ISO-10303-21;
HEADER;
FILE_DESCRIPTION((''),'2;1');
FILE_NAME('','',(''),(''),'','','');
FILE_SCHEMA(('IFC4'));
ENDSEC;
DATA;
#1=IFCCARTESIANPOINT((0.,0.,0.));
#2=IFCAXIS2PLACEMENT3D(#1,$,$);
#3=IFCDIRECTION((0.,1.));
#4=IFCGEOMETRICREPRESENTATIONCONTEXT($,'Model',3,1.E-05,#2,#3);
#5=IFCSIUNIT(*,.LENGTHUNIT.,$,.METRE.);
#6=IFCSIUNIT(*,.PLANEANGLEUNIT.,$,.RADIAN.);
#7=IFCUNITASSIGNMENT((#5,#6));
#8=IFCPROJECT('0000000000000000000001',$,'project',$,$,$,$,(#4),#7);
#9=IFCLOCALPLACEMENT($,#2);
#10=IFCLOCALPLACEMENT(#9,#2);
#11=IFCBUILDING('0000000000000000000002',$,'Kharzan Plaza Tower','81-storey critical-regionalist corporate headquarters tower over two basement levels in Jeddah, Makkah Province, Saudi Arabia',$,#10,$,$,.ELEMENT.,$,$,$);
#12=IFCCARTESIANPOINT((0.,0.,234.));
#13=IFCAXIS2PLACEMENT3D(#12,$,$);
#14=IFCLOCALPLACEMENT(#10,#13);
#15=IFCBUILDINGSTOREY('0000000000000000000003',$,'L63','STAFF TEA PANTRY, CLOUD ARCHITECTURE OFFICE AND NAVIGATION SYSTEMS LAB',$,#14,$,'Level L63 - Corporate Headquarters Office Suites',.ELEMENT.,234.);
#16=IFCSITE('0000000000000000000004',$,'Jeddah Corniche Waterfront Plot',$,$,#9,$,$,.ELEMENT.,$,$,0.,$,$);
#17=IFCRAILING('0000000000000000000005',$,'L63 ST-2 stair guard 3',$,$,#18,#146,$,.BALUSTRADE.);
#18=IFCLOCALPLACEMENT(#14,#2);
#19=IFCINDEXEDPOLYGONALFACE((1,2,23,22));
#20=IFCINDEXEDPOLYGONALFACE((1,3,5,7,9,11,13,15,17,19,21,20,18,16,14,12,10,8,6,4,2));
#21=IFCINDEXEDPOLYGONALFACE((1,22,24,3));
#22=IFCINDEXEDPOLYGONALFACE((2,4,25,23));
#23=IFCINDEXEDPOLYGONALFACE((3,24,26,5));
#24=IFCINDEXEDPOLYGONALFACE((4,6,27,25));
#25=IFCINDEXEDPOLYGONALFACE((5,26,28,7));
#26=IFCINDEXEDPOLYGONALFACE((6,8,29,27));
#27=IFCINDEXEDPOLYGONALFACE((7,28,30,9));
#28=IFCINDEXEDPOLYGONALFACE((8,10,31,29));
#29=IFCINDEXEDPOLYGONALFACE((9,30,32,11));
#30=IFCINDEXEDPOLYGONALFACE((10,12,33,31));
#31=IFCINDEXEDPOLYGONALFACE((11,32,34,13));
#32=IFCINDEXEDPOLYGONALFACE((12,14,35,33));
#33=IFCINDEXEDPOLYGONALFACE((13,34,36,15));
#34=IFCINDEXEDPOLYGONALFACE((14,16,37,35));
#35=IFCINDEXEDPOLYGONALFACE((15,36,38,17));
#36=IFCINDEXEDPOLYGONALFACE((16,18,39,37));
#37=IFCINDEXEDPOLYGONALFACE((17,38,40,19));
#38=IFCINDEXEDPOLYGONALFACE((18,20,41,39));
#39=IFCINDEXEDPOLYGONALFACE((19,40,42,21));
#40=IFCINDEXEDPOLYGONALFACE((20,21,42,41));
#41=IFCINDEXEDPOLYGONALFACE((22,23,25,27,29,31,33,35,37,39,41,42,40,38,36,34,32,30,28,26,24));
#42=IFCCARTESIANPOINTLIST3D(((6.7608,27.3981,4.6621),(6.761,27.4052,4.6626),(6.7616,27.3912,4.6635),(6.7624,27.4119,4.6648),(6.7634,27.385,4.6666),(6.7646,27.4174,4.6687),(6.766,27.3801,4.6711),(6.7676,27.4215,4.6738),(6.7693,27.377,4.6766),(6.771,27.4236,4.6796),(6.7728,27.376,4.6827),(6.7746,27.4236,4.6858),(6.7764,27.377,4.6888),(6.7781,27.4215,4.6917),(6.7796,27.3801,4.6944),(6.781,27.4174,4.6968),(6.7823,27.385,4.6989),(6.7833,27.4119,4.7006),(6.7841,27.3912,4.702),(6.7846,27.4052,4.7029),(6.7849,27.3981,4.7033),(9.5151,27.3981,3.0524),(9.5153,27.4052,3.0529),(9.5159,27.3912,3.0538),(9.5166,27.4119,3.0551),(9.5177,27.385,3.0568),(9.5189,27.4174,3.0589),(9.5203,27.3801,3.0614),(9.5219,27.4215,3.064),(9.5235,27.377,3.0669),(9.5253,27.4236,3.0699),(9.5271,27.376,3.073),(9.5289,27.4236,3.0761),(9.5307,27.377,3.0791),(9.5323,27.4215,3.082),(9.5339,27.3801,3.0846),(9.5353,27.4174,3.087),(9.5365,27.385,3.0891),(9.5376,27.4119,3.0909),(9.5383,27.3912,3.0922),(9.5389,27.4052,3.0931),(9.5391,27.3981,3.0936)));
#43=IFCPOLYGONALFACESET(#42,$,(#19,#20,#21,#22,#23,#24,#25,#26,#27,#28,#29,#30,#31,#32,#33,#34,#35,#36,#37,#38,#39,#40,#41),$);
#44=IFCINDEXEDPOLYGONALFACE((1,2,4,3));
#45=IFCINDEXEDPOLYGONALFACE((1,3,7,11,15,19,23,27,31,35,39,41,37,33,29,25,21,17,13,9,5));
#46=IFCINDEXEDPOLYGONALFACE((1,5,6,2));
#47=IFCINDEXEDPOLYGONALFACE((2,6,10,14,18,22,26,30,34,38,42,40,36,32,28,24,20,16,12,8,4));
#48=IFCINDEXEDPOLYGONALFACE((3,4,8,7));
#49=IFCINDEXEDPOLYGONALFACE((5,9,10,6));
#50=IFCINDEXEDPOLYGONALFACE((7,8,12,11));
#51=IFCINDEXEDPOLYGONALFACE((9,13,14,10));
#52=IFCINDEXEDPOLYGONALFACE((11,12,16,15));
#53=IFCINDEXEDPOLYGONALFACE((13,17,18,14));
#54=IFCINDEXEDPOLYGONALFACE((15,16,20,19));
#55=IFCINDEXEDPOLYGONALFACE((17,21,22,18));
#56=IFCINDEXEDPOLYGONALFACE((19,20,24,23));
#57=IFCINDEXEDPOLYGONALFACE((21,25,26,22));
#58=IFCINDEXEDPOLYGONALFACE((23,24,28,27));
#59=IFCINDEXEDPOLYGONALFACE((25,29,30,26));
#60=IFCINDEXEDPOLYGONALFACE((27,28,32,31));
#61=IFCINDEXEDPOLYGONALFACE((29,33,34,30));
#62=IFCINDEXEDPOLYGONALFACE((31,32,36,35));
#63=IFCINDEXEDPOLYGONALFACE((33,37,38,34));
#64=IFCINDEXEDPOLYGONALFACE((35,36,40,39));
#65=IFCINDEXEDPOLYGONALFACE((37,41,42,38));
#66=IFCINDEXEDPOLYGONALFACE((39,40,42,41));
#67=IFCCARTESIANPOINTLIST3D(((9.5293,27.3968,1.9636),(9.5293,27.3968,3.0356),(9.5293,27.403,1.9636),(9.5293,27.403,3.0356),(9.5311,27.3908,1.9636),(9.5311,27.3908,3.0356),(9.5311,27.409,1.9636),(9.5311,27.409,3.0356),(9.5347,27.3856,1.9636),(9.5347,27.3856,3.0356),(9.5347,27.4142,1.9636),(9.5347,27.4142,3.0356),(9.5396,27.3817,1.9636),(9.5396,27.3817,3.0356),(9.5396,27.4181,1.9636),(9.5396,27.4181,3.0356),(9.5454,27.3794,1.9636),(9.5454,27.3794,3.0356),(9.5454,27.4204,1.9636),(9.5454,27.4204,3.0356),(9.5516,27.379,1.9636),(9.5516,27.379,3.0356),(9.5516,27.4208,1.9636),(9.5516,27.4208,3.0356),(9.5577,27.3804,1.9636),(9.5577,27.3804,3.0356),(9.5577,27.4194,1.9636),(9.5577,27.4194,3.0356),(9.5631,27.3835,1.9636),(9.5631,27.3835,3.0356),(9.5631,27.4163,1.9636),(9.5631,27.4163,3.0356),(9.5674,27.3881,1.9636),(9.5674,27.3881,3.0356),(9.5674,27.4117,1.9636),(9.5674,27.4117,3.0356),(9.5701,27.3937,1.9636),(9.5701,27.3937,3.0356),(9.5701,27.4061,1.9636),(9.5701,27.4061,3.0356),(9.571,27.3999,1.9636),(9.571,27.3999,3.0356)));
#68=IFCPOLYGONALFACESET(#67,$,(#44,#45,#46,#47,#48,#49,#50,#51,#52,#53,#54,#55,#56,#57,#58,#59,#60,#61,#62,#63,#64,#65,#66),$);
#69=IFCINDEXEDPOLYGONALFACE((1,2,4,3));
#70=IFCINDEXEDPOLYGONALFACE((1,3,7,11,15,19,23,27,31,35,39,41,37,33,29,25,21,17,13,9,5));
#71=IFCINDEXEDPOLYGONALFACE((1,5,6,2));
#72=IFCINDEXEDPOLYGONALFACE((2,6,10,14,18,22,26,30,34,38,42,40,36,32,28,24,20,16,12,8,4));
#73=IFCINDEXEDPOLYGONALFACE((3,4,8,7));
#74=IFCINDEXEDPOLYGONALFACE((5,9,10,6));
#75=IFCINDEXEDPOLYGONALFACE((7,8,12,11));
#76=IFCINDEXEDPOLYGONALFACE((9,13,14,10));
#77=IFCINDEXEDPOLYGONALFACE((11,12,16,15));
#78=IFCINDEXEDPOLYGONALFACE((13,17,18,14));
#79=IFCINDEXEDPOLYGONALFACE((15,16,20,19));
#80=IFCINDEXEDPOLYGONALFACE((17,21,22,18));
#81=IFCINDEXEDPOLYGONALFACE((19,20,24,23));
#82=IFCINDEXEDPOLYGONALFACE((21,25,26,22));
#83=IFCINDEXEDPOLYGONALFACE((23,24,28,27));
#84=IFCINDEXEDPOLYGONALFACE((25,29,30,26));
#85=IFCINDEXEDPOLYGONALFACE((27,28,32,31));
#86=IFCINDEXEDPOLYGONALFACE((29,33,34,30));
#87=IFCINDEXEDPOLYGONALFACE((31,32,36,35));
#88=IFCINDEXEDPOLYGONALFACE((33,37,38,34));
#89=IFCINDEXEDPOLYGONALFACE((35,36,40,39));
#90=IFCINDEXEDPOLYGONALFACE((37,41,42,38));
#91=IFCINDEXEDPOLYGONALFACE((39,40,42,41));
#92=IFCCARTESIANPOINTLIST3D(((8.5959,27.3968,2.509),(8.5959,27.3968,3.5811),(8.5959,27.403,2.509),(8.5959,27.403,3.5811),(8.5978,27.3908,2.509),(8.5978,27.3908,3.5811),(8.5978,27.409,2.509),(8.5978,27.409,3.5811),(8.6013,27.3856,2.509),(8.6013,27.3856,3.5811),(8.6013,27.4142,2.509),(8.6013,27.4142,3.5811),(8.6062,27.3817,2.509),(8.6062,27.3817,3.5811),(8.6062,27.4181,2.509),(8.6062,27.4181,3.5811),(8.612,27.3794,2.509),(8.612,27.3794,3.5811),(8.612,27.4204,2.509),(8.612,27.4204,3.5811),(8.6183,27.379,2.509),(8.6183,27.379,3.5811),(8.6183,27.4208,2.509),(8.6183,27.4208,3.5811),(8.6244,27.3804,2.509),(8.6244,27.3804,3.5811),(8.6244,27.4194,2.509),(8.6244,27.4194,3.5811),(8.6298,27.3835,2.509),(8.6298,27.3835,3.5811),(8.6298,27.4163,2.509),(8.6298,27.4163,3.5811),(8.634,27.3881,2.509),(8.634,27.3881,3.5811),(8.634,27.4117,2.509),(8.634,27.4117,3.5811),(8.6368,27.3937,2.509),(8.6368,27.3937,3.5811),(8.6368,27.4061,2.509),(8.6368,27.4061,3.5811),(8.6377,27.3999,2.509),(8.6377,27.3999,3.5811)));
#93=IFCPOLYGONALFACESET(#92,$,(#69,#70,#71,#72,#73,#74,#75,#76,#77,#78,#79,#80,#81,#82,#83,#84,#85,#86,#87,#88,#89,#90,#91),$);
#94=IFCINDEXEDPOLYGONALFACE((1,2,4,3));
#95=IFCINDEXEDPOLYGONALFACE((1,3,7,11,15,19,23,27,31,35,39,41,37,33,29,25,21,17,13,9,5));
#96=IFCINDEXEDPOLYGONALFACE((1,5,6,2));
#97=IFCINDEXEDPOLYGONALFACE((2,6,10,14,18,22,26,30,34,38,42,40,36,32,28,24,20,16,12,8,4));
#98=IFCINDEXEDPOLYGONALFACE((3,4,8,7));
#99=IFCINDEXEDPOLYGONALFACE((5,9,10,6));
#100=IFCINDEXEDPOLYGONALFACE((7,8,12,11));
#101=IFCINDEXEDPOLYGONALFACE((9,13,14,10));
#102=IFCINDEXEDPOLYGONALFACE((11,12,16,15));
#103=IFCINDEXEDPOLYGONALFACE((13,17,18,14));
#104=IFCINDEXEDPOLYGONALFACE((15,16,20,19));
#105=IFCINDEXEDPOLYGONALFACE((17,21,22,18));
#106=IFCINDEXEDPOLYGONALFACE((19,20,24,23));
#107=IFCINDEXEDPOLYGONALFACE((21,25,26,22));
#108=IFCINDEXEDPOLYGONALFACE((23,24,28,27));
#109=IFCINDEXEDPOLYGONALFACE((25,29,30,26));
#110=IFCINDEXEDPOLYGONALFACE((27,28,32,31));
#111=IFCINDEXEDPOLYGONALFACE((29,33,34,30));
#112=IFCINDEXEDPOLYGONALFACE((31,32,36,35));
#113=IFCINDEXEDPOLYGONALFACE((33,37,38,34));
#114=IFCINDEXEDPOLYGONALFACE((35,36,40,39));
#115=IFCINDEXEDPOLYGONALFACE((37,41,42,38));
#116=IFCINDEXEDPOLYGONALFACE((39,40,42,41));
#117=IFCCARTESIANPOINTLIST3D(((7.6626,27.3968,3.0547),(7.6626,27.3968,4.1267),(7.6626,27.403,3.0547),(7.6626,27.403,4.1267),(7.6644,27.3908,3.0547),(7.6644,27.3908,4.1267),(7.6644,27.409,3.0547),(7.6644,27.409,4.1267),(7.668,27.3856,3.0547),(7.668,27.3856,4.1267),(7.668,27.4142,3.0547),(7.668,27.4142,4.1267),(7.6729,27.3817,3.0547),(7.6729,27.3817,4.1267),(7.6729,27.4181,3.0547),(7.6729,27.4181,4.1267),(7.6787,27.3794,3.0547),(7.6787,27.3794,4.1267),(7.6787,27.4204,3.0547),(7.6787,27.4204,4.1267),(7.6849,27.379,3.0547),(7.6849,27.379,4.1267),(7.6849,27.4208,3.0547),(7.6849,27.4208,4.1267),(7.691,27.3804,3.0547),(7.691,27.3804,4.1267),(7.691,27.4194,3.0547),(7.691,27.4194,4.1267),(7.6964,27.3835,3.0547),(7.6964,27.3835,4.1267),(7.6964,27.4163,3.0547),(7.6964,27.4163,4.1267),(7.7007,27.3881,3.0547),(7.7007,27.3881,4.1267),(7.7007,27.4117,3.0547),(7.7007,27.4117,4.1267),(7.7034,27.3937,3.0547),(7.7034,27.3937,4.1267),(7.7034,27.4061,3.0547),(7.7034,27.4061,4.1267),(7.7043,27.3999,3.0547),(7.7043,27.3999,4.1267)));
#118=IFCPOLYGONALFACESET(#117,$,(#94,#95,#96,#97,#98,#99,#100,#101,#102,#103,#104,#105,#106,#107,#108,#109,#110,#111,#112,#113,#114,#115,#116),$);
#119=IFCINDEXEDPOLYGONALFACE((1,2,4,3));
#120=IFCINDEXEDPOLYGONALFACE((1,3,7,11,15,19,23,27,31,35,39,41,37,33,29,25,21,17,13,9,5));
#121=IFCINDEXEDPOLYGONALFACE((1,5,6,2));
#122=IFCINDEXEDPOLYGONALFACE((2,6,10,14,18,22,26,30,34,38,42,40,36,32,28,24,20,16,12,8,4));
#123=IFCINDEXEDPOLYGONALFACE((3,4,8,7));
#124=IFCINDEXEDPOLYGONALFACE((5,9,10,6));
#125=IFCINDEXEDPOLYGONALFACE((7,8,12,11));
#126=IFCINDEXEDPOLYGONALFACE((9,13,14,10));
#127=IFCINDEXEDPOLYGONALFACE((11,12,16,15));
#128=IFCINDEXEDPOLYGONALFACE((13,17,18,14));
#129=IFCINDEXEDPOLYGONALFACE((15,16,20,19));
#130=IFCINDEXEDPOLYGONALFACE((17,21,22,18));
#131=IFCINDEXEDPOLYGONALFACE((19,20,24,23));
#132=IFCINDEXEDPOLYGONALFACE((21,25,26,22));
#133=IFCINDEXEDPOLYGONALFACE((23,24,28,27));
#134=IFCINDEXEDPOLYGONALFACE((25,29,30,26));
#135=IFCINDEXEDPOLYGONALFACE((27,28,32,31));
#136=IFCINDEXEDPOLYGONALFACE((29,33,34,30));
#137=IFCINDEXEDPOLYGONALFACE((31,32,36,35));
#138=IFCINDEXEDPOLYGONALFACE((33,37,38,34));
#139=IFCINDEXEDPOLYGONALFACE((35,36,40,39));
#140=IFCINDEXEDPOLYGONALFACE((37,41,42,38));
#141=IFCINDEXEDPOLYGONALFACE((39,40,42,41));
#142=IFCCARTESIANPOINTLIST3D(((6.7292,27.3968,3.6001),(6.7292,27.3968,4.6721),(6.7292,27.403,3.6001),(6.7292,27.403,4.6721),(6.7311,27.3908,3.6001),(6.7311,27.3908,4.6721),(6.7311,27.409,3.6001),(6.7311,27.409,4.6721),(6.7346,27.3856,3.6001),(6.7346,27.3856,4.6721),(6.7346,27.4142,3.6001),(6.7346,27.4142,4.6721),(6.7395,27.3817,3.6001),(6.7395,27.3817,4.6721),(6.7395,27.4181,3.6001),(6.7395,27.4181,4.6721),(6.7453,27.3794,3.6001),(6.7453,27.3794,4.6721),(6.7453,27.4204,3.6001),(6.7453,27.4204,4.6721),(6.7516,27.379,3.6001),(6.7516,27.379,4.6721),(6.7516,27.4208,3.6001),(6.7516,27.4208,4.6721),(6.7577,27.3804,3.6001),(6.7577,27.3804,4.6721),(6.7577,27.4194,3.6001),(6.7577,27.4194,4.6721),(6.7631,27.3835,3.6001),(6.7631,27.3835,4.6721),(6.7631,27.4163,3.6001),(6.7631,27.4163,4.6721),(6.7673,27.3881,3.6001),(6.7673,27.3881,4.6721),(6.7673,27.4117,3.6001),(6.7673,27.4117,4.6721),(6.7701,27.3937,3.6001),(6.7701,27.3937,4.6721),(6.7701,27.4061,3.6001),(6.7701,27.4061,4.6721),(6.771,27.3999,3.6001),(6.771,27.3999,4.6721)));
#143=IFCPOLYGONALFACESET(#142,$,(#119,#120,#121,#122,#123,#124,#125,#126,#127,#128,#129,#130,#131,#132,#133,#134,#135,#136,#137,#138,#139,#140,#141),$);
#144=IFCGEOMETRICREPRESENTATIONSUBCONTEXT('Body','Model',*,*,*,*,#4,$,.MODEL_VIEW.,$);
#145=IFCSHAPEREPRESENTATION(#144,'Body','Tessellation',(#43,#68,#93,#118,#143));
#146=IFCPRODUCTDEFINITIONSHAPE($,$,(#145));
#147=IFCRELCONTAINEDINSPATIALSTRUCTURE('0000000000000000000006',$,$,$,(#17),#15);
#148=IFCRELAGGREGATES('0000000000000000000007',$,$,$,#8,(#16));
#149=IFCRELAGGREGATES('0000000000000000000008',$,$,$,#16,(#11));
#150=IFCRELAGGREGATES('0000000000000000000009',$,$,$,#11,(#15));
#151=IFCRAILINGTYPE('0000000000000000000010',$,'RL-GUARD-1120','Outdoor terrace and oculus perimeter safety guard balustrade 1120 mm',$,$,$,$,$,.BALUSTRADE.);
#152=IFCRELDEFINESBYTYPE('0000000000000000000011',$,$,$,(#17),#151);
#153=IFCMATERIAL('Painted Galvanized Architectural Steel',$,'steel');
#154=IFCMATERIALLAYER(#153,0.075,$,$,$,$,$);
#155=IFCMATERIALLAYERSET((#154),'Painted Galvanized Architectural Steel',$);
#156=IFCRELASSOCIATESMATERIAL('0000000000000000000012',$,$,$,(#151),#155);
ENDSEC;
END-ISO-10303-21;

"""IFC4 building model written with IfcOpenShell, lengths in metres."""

from ifc_helpers import new_model, si_unit, direction, frame, origin, origin_2d, place, context, subcontext, project, spatial, circle, extrude, source, transform, mapped, material, layer, layer_set, type_object, element, save


model = new_model("IFC4")

# Units and contexts
model_context = context("Model", 3, precision=1e-05, world=origin(), true_north=direction((0.0, 1.0)))
body_context = subcontext(model_context, "Body", "Model", "MODEL_VIEW")
ifc_project = project(units=[si_unit("LENGTHUNIT", "METRE"), si_unit("PLANEANGLEUNIT", "RADIAN")], contexts=[model_context])

# Site, building, storey
site_placement = place(None, origin())
site = spatial("IfcSite", under=ifc_project, at=site_placement, Name="Jeddah Corniche Waterfront Plot", CompositionType="ELEMENT", RefElevation=0.0)
building_placement = place(site_placement, origin())
building = spatial("IfcBuilding", under=site, at=building_placement, Name="Kharzan Plaza Tower", Description="81-storey critical-regionalist corporate headquarters tower over two basement levels in Jeddah, Makkah Province, Saudi Arabia", CompositionType="ELEMENT")
storey_placement = place(building_placement, frame((0.0, 0.0, 234.0)))
storey = spatial("IfcBuildingStorey", under=building, at=storey_placement, Name="L63", Description="STAFF TEA PANTRY, CLOUD ARCHITECTURE OFFICE AND NAVIGATION SYSTEMS LAB", LongName="Level L63 - Corporate Headquarters Office Suites", CompositionType="ELEMENT", Elevation=234.0)

# Railing
ifc_material_1 = material(Name="Painted Galvanized Architectural Steel", Category="steel")
ifc_layer_1 = layer(ifc_material_1, 0.075)
ifc_layer_set_1 = layer_set([ifc_layer_1], Name="Painted Galvanized Architectural Steel")
railing_type_1 = type_object("IfcRailingType", Name="RL-GUARD-1120", Description="Outdoor terrace and oculus perimeter safety guard balustrade 1120 mm", PredefinedType="BALUSTRADE", material=ifc_layer_set_1)
shared_shape_1 = source(origin(), body_context, "Body", "SweptSolid", [
    extrude(circle(Radius=0.0239, at=origin_2d()), frame((-0.0229, 0.0, 1.1094), z_axis=(-0.863361, 0.0, 0.504587), x_axis=(0.0, -1.0, 0.0)), (0.0, 0.0, 1.0), 3.1902),
    extrude(circle(Radius=0.021, at=origin_2d()), origin(), (0.0, 0.0, 1.0), 1.072),
    extrude(circle(Radius=0.021, at=origin_2d()), frame((-0.9333, 0.0, 0.5454)), (0.0, 0.0, 1.0), 1.072),
    extrude(circle(Radius=0.021, at=origin_2d()), frame((-1.8667, 0.0, 1.0911)), (0.0, 0.0, 1.0), 1.072),
    extrude(circle(Radius=0.021, at=origin_2d()), frame((-2.8, 0.0, 1.6365)), (0.0, 0.0, 1.0), 1.072),
])
railing_1_placement = place(storey_placement, frame((9.55, 27.3999, 1.9636)))
element("IfcRailing", 1, at=railing_1_placement, inside=storey, type_object=railing_type_1, Name="L63 ST-2 stair guard 3", PredefinedType="BALUSTRADE", context=body_context, shape_type="MappedRepresentation", body=[
    mapped(shared_shape_1, transform((0.0, 0.0, 0.0), x_axis=(1.0, 0.0, 0.0), y_axis=(0.0, 1.0, 0.0), z_axis=(0.0, 0.0, 1.0))),
])

save(model, "model.ifc")
